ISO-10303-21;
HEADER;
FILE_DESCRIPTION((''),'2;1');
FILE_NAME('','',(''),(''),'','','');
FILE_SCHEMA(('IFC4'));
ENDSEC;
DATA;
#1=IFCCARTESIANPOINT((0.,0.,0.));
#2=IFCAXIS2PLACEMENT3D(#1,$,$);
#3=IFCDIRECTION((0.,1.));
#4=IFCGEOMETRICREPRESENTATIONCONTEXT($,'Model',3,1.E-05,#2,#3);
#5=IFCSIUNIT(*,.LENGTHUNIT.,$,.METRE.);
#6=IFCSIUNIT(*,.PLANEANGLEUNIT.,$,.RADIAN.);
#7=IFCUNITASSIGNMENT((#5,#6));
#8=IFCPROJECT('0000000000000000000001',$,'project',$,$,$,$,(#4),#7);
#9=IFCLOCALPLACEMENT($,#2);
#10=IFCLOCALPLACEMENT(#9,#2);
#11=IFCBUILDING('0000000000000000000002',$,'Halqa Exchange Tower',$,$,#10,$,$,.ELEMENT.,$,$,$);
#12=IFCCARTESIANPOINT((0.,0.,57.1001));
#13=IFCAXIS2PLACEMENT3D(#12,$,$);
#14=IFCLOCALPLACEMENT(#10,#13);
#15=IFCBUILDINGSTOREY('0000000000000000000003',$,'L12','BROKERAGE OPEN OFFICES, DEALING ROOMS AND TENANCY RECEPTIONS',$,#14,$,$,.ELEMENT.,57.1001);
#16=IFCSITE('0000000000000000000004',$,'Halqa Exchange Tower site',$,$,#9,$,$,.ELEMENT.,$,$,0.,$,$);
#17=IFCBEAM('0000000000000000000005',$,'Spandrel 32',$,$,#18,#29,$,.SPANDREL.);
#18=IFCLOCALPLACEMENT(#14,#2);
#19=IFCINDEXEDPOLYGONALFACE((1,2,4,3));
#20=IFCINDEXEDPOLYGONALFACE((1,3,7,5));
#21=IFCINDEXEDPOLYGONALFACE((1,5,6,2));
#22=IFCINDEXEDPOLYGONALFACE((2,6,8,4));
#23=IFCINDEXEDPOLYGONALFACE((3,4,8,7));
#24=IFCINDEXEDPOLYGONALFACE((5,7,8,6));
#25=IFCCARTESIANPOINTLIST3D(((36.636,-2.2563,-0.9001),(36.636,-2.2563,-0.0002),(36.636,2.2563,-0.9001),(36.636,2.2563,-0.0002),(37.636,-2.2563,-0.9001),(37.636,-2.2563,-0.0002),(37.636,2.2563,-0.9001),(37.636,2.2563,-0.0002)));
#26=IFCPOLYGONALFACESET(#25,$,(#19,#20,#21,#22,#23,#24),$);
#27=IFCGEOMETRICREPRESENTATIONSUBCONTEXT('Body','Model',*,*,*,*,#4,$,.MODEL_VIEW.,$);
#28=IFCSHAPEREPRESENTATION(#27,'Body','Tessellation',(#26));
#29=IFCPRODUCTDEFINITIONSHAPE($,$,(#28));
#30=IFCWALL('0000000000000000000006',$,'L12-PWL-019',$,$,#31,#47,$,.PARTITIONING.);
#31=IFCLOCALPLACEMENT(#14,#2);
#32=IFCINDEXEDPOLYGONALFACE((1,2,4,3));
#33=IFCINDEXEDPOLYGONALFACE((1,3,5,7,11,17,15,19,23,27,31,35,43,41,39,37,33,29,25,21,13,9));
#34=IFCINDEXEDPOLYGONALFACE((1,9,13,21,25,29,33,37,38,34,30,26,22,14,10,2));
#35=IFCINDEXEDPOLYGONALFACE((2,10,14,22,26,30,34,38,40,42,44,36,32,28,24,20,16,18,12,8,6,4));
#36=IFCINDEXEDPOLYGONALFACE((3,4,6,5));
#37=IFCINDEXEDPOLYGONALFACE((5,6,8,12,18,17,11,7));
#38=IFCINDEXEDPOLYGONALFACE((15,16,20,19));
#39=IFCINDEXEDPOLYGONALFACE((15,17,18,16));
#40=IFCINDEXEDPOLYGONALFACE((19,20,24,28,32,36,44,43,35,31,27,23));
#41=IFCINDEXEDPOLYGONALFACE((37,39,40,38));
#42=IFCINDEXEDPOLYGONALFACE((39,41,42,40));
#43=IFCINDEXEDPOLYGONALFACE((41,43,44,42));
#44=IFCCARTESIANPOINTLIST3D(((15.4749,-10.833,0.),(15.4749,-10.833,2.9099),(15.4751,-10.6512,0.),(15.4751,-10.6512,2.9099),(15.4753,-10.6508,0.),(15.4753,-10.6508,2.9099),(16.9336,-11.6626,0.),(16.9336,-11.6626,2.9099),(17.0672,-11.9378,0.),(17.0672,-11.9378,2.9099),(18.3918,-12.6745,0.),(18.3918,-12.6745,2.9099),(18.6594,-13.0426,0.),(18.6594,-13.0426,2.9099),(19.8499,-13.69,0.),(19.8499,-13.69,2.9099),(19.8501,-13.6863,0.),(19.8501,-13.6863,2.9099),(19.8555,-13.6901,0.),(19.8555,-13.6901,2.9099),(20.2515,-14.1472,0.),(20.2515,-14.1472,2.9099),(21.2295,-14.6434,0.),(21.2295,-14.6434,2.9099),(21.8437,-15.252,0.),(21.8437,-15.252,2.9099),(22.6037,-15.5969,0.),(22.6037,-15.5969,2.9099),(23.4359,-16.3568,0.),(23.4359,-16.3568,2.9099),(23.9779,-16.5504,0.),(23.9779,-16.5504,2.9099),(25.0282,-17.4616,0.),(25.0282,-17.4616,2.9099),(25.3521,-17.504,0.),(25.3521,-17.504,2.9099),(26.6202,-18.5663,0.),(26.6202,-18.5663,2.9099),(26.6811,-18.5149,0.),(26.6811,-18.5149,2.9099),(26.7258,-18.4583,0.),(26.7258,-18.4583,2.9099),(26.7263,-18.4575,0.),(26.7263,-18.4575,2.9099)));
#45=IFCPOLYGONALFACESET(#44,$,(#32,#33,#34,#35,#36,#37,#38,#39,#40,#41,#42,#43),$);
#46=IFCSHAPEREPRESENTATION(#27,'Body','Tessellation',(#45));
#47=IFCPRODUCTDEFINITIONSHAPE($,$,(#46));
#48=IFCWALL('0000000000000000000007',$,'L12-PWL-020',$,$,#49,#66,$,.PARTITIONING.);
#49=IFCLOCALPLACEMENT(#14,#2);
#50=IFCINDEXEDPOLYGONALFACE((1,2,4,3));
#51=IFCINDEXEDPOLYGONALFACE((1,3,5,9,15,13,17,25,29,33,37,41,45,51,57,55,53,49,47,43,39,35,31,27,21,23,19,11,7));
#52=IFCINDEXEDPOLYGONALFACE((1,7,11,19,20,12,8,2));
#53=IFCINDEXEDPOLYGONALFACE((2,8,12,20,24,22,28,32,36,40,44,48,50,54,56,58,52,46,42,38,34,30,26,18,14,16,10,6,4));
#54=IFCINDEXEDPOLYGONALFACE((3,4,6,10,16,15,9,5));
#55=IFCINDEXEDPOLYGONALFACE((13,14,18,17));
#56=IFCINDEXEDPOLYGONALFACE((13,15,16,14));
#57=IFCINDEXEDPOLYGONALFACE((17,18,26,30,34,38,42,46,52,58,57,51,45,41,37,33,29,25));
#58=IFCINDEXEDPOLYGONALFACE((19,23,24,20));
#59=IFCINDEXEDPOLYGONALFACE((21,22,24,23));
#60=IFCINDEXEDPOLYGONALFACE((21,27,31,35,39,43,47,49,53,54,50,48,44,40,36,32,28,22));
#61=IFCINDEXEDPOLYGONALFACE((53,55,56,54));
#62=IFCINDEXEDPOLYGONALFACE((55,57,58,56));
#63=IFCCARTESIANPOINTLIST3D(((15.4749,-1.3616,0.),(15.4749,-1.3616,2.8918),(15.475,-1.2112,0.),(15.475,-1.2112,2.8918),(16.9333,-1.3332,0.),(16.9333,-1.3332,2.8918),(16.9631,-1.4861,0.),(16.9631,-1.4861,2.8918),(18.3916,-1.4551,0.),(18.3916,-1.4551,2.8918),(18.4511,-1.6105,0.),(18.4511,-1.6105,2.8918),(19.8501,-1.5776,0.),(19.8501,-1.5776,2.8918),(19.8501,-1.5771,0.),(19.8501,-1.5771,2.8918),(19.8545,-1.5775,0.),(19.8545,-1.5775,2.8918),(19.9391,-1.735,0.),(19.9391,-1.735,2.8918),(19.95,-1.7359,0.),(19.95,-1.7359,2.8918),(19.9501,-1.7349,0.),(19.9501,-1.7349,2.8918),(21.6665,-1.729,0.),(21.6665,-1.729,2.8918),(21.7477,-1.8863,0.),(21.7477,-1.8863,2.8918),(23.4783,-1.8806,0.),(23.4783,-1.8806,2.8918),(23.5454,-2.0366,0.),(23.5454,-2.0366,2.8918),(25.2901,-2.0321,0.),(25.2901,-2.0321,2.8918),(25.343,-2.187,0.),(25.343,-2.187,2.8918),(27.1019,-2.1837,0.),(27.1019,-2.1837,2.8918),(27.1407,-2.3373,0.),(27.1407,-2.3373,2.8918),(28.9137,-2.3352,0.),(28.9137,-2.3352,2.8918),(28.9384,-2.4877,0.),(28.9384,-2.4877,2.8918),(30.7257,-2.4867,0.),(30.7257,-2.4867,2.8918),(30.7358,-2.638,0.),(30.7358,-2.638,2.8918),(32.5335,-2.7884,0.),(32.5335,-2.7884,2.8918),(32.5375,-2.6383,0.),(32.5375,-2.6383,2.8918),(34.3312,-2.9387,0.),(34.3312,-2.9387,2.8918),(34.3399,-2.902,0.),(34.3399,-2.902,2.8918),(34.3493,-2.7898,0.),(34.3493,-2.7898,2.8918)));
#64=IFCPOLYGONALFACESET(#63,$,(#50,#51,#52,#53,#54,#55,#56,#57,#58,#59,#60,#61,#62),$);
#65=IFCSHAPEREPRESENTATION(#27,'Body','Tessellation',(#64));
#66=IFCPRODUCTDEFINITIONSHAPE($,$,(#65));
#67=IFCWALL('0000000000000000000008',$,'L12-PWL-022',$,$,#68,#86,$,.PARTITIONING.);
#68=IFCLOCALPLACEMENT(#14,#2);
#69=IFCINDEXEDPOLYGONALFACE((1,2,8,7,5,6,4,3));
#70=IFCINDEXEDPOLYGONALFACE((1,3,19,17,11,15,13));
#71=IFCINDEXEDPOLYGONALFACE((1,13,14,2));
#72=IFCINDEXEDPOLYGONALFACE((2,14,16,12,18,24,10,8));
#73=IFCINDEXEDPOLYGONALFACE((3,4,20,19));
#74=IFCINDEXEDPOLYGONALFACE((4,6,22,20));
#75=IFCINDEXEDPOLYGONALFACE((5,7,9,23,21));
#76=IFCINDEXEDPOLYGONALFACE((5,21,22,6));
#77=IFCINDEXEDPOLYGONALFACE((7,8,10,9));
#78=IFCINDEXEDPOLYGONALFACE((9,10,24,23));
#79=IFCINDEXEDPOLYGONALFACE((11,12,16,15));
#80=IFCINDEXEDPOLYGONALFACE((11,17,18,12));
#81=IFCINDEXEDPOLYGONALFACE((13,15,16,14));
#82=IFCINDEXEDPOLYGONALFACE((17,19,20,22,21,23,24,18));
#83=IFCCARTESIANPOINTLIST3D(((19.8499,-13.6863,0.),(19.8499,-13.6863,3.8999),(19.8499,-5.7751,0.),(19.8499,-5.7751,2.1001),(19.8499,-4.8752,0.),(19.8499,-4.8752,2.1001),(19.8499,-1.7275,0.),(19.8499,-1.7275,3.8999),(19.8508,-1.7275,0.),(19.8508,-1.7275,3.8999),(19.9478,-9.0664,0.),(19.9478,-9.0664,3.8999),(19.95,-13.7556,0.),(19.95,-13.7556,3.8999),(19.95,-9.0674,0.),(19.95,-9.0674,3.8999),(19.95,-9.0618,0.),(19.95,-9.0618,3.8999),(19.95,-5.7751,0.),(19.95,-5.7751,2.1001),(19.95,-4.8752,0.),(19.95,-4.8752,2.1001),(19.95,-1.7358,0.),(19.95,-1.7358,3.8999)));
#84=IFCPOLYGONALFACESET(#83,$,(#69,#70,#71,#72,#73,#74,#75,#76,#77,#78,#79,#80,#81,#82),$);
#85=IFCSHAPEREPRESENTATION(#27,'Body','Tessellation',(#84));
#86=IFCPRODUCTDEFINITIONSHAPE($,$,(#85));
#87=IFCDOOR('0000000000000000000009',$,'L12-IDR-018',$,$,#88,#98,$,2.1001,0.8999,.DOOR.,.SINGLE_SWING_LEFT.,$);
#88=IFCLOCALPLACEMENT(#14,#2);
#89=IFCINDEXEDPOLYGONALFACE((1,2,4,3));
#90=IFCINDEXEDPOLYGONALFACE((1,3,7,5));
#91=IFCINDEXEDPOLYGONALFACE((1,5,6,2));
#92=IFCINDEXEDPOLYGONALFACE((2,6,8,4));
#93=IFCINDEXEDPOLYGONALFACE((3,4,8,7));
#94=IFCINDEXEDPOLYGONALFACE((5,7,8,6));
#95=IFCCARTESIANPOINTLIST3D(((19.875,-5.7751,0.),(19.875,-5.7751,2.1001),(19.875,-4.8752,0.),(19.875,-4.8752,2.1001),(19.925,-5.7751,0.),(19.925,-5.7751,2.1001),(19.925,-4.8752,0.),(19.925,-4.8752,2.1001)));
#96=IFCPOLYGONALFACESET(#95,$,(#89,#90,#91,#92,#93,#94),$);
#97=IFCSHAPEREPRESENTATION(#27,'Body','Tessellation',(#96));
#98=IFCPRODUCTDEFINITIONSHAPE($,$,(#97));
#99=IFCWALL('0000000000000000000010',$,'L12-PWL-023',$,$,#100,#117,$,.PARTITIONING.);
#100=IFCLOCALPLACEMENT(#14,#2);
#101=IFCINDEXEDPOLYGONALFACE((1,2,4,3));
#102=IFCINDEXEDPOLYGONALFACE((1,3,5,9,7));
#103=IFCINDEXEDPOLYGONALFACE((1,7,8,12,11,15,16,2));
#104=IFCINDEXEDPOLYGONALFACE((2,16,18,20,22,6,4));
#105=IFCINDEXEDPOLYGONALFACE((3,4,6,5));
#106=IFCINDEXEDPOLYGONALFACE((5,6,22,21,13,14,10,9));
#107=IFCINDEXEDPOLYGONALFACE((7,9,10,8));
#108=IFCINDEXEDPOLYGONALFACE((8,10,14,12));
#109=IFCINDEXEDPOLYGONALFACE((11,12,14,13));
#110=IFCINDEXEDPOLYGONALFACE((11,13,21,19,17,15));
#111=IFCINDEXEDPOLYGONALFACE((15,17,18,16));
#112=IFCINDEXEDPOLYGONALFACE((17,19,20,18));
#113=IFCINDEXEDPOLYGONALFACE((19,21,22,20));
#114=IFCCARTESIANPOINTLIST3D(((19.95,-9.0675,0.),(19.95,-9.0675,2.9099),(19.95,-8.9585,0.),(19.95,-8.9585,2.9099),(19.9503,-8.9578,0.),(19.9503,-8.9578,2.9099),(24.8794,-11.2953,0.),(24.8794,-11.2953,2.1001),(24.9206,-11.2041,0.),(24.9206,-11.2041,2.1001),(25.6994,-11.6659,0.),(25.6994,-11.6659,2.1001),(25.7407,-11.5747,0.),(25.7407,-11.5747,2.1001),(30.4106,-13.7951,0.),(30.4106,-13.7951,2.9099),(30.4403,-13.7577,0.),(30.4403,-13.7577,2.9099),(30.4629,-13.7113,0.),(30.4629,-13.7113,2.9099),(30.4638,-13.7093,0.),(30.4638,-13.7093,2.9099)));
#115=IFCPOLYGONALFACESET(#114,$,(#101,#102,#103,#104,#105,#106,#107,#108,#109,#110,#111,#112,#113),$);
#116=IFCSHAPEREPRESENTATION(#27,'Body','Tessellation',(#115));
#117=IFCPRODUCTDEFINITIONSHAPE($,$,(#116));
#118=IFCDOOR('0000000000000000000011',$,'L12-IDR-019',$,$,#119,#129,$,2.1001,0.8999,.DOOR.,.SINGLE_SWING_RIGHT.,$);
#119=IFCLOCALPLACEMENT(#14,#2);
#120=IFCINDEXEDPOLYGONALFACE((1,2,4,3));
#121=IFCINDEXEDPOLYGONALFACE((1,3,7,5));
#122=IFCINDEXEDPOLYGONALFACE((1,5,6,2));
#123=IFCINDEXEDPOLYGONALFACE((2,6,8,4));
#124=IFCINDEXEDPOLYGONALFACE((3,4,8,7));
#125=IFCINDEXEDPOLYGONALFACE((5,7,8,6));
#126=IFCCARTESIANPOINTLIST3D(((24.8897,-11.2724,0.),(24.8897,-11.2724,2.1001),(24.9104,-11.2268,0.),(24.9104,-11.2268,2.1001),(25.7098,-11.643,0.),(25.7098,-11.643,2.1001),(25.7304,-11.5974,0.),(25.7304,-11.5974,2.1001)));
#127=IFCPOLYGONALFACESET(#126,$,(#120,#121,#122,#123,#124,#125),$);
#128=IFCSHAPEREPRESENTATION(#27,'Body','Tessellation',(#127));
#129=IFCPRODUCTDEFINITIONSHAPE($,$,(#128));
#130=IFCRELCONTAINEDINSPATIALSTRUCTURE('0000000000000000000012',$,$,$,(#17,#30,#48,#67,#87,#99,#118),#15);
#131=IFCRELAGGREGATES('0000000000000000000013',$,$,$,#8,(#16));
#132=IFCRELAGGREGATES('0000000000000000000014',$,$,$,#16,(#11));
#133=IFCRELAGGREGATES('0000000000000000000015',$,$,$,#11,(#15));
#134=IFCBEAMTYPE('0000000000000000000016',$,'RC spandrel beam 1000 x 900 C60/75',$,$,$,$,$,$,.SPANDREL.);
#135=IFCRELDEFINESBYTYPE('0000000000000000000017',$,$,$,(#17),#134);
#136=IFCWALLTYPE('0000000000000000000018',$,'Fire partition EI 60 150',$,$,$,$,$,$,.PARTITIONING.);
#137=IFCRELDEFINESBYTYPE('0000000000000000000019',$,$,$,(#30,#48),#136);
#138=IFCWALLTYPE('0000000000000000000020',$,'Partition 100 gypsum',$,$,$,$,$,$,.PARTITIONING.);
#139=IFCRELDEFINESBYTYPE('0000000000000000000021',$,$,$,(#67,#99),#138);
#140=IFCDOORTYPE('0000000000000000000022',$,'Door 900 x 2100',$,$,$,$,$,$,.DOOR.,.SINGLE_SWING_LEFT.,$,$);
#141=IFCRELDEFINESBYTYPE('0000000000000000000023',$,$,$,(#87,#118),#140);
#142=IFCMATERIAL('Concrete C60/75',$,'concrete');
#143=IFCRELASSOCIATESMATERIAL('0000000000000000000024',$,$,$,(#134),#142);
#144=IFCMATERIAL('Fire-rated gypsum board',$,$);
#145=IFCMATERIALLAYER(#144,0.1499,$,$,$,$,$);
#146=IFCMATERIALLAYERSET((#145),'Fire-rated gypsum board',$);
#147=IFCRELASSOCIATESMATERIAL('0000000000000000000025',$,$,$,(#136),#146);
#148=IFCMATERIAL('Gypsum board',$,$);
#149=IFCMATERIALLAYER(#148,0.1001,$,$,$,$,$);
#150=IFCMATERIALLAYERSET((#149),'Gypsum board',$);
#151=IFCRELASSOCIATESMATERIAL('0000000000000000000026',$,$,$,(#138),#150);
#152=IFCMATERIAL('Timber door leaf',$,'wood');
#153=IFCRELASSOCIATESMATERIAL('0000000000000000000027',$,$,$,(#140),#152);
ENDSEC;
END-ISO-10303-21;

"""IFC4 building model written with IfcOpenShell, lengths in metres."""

from ifc_helpers import new_model, si_unit, direction, frame, frame_2d, origin, origin_2d, place, context, subcontext, project, spatial, polyline, rectangle, outline, extrude, material, layer, layer_set, material_profile, profile_set, type_object, element, fill, save


model = new_model("IFC4")

# Units and contexts
model_context = context("Model", 3, precision=1e-05, world=origin(), true_north=direction((0.0, 1.0)))
body_context = subcontext(model_context, "Body", "Model", "MODEL_VIEW")
ifc_project = project(units=[si_unit("LENGTHUNIT", "METRE"), si_unit("PLANEANGLEUNIT", "RADIAN")], contexts=[model_context])

# Site, building, storey
site_placement = place(None, origin())
site = spatial("IfcSite", under=ifc_project, at=site_placement, Name="Halqa Exchange Tower site", CompositionType="ELEMENT", RefElevation=0.0)
building_placement = place(site_placement, origin())
building = spatial("IfcBuilding", under=site, at=building_placement, Name="Halqa Exchange Tower", CompositionType="ELEMENT")
storey_placement = place(building_placement, frame((0.0, 0.0, 57.1001)))
storey = spatial("IfcBuildingStorey", under=building, at=storey_placement, Name="L12", Description="BROKERAGE OPEN OFFICES, DEALING ROOMS AND TENANCY RECEPTIONS", CompositionType="ELEMENT", Elevation=57.1001)

# Beam
ifc_material_1 = material(Name="Concrete C60/75", Category="concrete")
ifc_material_profile_1 = material_profile(ifc_material_1, rectangle(XDim=1.0, YDim=0.8999, at=origin_2d()), Name="1000 x 900")
ifc_profile_set_1 = profile_set([ifc_material_profile_1], Name="Concrete C60/75")
beam_type_1 = type_object("IfcBeamType", Name="RC spandrel beam 1000 x 900 C60/75", PredefinedType="SPANDREL", material=ifc_profile_set_1)
beam_1_placement = place(storey_placement, frame((37.136, -2.2563, -0.4502), z_axis=(0.0, 1.0, 0.0), x_axis=(-1.0, 0.0, 0.0)))
element("IfcBeam", 1, at=beam_1_placement, inside=storey, type_object=beam_type_1, Name="Spandrel 32", PredefinedType="SPANDREL", context=body_context, shape_type="SweptSolid", body=[
    extrude(rectangle(XDim=1.0, YDim=0.8999, at=origin_2d()), origin(), (0.0, 0.0, 1.0), 4.5127),
])

# Walls
ifc_material_2 = material(Name="Fire-rated gypsum board")
ifc_layer_1 = layer(ifc_material_2, 0.1499)
ifc_layer_set_1 = layer_set([ifc_layer_1], Name="Fire-rated gypsum board")
wall_type_1 = type_object("IfcWallType", Name="Fire partition EI 60 150", PredefinedType="PARTITIONING", material=ifc_layer_set_1)
wall_1_placement = place(storey_placement, frame((15.4326, -10.7124, 0.0), z_axis=(0.0, 0.0, 1.0), x_axis=(0.821594, -0.570074, 0.0)))
element("IfcWall", 2, at=wall_1_placement, inside=storey, type_object=wall_type_1, Name="L12-PWL-019", PredefinedType="PARTITIONING", context=body_context, shape_type="SweptSolid", body=[
    extrude(outline(polyline([(0.1035, -0.075), (2.0415, -0.075), (3.9795, -0.075), (5.9172, -0.075), (7.8552, -0.075), (9.7932, -0.075), (11.7312, -0.075), (13.6689, -0.075), (13.6897, 0.002), (13.6941, 0.074), (13.6941, 0.075), (12.0215, 0.075), (10.3489, 0.075), (8.6763, 0.075), (7.0037, 0.075), (5.3313, 0.075), (5.3267, 0.0718), (5.3247, 0.075), (3.5498, 0.075), (1.7749, 0.075), (0.0, 0.075), (0.0, 0.0745), (0.1035, -0.075)])), origin(), (0.0, 0.0, 1.0), 2.9099),
])
wall_2_placement = place(storey_placement, frame((15.4688, -1.2859, 0.0), z_axis=(0.0, 0.0, 1.0), x_axis=(0.996521, -0.083347, 0.0)))
element("IfcWall", 3, at=wall_2_placement, inside=storey, type_object=wall_type_1, Name="L12-PWL-020", PredefinedType="PARTITIONING", context=body_context, shape_type="SweptSolid", body=[
    extrude(outline(polyline([(0.0125, -0.075), (1.5059, -0.075), (2.999, -0.075), (4.4922, -0.075), (4.5032, -0.074), (4.5032, -0.075), (6.3071, -0.075), (8.1111, -0.075), (9.915, -0.075), (11.719, -0.075), (13.5229, -0.075), (15.3267, -0.075), (17.1306, -0.075), (18.9346, -0.075), (18.9402, -0.0376), (18.9402, 0.075), (17.1221, 0.075), (15.304, 0.075), (13.4856, 0.075), (11.6675, 0.075), (9.8494, 0.075), (8.0312, 0.075), (6.2131, 0.075), (4.3948, 0.075), (4.3904, 0.0745), (4.3904, 0.075), (2.9268, 0.075), (1.4634, 0.075), (0.0, 0.075), (0.0125, -0.075)])), origin(), (0.0, 0.0, 1.0), 2.8918),
])

# Walls, openings, doors
ifc_material_3 = material(Name="Gypsum board")
ifc_layer_2 = layer(ifc_material_3, 0.1001)
ifc_layer_set_2 = layer_set([ifc_layer_2], Name="Gypsum board")
wall_type_2 = type_object("IfcWallType", Name="Partition 100 gypsum", PredefinedType="PARTITIONING", material=ifc_layer_set_2)
wall_3_placement = place(storey_placement, frame((19.8999, -13.7556, 0.0), z_axis=(0.0, 0.0, 1.0), x_axis=(0.0, 1.0, 0.0)))
wall_3 = element("IfcWall", 4, at=wall_3_placement, inside=storey, type_object=wall_type_2, Name="L12-PWL-022", PredefinedType="PARTITIONING", context=body_context, shape_type="SweptSolid", body=[
    extrude(outline(polyline([(0.0, -0.05), (1.5627, -0.05), (3.1255, -0.05), (4.6882, -0.05), (4.6892, -0.0479), (4.6938, -0.05), (6.5254, -0.05), (8.3569, -0.05), (10.1882, -0.05), (12.0198, -0.05), (12.0281, 0.0491), (12.0281, 0.05), (10.0349, 0.05), (8.0417, 0.05), (6.0488, 0.05), (4.0557, 0.05), (2.0625, 0.05), (0.0693, 0.05), (0.0, -0.05), (0.0, -0.05)])), origin(), (0.0, 0.0, 1.0), 3.8999),
])
opening_1_placement = place(wall_3_placement, frame((7.9805, 0.0, 0.0)))
opening_1 = element("IfcOpeningElement", 5, at=opening_1_placement, cuts=wall_3, PredefinedType="OPENING", context=body_context, shape_type="SweptSolid", body=[
    extrude(rectangle(XDim=0.8999, YDim=2.1001, at=frame_2d((0.45, 1.05))), frame((0.0, 0.062, 0.0), z_axis=(0.0, -1.0, 0.0), x_axis=(1.0, 0.0, 0.0)), (0.0, 0.0, 1.0), 0.124),
])
ifc_material_4 = material(Name="Timber door leaf", Category="wood")
door_type_1 = type_object("IfcDoorType", Name="Door 900 x 2100", OperationType="SINGLE_SWING_LEFT", PredefinedType="DOOR", material=ifc_material_4)
door_1_placement = place(opening_1_placement, origin())
door_1 = element("IfcDoor", 6, at=door_1_placement, inside=storey, type_object=door_type_1, Name="L12-IDR-018", OperationType="SINGLE_SWING_LEFT", OverallHeight=2.1001, OverallWidth=0.8999, PredefinedType="DOOR", context=body_context, shape_type="SweptSolid", body=[
    extrude(rectangle(XDim=0.8999, YDim=2.1001, at=frame_2d((0.45, 1.05))), frame((0.0, 0.0249, 0.0), z_axis=(0.0, -1.0, 0.0), x_axis=(1.0, 0.0, 0.0)), (0.0, 0.0, 1.0), 0.05),
])
fill(opening_1, door_1)
wall_4_placement = place(storey_placement, frame((19.9297, -9.0034, 0.0), z_axis=(0.0, 0.0, 1.0), x_axis=(0.911258, -0.411836, 0.0)))
wall_4 = element("IfcWall", 7, at=wall_4_placement, inside=storey, type_object=wall_type_2, Name="L12-PWL-023", PredefinedType="PARTITIONING", context=body_context, shape_type="SweptSolid", body=[
    extrude(outline(polyline([(0.0449, -0.05), (1.958, -0.05), (3.8713, -0.05), (5.7847, -0.05), (7.6978, -0.05), (9.6111, -0.05), (11.5242, -0.05), (11.5359, -0.0037), (11.5374, 0.0479), (11.5374, 0.05), (9.6145, 0.05), (7.6917, 0.05), (5.7686, 0.05), (3.8457, 0.05), (1.9229, 0.05), (0.0, 0.05), (0.0, 0.0493), (0.0449, -0.05)])), origin(), (0.0, 0.0, 1.0), 2.9099),
])
opening_2_placement = place(wall_4_placement, frame((5.4543, 0.0, 0.0)))
opening_2 = element("IfcOpeningElement", 8, at=opening_2_placement, cuts=wall_4, PredefinedType="OPENING", context=body_context, shape_type="SweptSolid", body=[
    extrude(rectangle(XDim=0.8999, YDim=2.1001, at=frame_2d((0.45, 1.05))), frame((0.0, 0.062, 0.0), z_axis=(0.0, -1.0, 0.0), x_axis=(1.0, 0.0, 0.0)), (0.0, 0.0, 1.0), 0.124),
])
door_2_placement = place(opening_2_placement, frame((0.8999, 0.0, 0.0), z_axis=(0.0, 0.0, 1.0), x_axis=(-1.0, 0.0, 0.0)))
door_2 = element("IfcDoor", 9, at=door_2_placement, inside=storey, type_object=door_type_1, Name="L12-IDR-019", OperationType="SINGLE_SWING_RIGHT", OverallHeight=2.1001, OverallWidth=0.8999, PredefinedType="DOOR", context=body_context, shape_type="SweptSolid", body=[
    extrude(rectangle(XDim=0.8999, YDim=2.1001, at=frame_2d((0.45, 1.05))), frame((0.0, 0.0249, 0.0), z_axis=(0.0, -1.0, 0.0), x_axis=(1.0, 0.0, 0.0)), (0.0, 0.0, 1.0), 0.05),
])
fill(opening_2, door_2)

save(model, "model.ifc")
